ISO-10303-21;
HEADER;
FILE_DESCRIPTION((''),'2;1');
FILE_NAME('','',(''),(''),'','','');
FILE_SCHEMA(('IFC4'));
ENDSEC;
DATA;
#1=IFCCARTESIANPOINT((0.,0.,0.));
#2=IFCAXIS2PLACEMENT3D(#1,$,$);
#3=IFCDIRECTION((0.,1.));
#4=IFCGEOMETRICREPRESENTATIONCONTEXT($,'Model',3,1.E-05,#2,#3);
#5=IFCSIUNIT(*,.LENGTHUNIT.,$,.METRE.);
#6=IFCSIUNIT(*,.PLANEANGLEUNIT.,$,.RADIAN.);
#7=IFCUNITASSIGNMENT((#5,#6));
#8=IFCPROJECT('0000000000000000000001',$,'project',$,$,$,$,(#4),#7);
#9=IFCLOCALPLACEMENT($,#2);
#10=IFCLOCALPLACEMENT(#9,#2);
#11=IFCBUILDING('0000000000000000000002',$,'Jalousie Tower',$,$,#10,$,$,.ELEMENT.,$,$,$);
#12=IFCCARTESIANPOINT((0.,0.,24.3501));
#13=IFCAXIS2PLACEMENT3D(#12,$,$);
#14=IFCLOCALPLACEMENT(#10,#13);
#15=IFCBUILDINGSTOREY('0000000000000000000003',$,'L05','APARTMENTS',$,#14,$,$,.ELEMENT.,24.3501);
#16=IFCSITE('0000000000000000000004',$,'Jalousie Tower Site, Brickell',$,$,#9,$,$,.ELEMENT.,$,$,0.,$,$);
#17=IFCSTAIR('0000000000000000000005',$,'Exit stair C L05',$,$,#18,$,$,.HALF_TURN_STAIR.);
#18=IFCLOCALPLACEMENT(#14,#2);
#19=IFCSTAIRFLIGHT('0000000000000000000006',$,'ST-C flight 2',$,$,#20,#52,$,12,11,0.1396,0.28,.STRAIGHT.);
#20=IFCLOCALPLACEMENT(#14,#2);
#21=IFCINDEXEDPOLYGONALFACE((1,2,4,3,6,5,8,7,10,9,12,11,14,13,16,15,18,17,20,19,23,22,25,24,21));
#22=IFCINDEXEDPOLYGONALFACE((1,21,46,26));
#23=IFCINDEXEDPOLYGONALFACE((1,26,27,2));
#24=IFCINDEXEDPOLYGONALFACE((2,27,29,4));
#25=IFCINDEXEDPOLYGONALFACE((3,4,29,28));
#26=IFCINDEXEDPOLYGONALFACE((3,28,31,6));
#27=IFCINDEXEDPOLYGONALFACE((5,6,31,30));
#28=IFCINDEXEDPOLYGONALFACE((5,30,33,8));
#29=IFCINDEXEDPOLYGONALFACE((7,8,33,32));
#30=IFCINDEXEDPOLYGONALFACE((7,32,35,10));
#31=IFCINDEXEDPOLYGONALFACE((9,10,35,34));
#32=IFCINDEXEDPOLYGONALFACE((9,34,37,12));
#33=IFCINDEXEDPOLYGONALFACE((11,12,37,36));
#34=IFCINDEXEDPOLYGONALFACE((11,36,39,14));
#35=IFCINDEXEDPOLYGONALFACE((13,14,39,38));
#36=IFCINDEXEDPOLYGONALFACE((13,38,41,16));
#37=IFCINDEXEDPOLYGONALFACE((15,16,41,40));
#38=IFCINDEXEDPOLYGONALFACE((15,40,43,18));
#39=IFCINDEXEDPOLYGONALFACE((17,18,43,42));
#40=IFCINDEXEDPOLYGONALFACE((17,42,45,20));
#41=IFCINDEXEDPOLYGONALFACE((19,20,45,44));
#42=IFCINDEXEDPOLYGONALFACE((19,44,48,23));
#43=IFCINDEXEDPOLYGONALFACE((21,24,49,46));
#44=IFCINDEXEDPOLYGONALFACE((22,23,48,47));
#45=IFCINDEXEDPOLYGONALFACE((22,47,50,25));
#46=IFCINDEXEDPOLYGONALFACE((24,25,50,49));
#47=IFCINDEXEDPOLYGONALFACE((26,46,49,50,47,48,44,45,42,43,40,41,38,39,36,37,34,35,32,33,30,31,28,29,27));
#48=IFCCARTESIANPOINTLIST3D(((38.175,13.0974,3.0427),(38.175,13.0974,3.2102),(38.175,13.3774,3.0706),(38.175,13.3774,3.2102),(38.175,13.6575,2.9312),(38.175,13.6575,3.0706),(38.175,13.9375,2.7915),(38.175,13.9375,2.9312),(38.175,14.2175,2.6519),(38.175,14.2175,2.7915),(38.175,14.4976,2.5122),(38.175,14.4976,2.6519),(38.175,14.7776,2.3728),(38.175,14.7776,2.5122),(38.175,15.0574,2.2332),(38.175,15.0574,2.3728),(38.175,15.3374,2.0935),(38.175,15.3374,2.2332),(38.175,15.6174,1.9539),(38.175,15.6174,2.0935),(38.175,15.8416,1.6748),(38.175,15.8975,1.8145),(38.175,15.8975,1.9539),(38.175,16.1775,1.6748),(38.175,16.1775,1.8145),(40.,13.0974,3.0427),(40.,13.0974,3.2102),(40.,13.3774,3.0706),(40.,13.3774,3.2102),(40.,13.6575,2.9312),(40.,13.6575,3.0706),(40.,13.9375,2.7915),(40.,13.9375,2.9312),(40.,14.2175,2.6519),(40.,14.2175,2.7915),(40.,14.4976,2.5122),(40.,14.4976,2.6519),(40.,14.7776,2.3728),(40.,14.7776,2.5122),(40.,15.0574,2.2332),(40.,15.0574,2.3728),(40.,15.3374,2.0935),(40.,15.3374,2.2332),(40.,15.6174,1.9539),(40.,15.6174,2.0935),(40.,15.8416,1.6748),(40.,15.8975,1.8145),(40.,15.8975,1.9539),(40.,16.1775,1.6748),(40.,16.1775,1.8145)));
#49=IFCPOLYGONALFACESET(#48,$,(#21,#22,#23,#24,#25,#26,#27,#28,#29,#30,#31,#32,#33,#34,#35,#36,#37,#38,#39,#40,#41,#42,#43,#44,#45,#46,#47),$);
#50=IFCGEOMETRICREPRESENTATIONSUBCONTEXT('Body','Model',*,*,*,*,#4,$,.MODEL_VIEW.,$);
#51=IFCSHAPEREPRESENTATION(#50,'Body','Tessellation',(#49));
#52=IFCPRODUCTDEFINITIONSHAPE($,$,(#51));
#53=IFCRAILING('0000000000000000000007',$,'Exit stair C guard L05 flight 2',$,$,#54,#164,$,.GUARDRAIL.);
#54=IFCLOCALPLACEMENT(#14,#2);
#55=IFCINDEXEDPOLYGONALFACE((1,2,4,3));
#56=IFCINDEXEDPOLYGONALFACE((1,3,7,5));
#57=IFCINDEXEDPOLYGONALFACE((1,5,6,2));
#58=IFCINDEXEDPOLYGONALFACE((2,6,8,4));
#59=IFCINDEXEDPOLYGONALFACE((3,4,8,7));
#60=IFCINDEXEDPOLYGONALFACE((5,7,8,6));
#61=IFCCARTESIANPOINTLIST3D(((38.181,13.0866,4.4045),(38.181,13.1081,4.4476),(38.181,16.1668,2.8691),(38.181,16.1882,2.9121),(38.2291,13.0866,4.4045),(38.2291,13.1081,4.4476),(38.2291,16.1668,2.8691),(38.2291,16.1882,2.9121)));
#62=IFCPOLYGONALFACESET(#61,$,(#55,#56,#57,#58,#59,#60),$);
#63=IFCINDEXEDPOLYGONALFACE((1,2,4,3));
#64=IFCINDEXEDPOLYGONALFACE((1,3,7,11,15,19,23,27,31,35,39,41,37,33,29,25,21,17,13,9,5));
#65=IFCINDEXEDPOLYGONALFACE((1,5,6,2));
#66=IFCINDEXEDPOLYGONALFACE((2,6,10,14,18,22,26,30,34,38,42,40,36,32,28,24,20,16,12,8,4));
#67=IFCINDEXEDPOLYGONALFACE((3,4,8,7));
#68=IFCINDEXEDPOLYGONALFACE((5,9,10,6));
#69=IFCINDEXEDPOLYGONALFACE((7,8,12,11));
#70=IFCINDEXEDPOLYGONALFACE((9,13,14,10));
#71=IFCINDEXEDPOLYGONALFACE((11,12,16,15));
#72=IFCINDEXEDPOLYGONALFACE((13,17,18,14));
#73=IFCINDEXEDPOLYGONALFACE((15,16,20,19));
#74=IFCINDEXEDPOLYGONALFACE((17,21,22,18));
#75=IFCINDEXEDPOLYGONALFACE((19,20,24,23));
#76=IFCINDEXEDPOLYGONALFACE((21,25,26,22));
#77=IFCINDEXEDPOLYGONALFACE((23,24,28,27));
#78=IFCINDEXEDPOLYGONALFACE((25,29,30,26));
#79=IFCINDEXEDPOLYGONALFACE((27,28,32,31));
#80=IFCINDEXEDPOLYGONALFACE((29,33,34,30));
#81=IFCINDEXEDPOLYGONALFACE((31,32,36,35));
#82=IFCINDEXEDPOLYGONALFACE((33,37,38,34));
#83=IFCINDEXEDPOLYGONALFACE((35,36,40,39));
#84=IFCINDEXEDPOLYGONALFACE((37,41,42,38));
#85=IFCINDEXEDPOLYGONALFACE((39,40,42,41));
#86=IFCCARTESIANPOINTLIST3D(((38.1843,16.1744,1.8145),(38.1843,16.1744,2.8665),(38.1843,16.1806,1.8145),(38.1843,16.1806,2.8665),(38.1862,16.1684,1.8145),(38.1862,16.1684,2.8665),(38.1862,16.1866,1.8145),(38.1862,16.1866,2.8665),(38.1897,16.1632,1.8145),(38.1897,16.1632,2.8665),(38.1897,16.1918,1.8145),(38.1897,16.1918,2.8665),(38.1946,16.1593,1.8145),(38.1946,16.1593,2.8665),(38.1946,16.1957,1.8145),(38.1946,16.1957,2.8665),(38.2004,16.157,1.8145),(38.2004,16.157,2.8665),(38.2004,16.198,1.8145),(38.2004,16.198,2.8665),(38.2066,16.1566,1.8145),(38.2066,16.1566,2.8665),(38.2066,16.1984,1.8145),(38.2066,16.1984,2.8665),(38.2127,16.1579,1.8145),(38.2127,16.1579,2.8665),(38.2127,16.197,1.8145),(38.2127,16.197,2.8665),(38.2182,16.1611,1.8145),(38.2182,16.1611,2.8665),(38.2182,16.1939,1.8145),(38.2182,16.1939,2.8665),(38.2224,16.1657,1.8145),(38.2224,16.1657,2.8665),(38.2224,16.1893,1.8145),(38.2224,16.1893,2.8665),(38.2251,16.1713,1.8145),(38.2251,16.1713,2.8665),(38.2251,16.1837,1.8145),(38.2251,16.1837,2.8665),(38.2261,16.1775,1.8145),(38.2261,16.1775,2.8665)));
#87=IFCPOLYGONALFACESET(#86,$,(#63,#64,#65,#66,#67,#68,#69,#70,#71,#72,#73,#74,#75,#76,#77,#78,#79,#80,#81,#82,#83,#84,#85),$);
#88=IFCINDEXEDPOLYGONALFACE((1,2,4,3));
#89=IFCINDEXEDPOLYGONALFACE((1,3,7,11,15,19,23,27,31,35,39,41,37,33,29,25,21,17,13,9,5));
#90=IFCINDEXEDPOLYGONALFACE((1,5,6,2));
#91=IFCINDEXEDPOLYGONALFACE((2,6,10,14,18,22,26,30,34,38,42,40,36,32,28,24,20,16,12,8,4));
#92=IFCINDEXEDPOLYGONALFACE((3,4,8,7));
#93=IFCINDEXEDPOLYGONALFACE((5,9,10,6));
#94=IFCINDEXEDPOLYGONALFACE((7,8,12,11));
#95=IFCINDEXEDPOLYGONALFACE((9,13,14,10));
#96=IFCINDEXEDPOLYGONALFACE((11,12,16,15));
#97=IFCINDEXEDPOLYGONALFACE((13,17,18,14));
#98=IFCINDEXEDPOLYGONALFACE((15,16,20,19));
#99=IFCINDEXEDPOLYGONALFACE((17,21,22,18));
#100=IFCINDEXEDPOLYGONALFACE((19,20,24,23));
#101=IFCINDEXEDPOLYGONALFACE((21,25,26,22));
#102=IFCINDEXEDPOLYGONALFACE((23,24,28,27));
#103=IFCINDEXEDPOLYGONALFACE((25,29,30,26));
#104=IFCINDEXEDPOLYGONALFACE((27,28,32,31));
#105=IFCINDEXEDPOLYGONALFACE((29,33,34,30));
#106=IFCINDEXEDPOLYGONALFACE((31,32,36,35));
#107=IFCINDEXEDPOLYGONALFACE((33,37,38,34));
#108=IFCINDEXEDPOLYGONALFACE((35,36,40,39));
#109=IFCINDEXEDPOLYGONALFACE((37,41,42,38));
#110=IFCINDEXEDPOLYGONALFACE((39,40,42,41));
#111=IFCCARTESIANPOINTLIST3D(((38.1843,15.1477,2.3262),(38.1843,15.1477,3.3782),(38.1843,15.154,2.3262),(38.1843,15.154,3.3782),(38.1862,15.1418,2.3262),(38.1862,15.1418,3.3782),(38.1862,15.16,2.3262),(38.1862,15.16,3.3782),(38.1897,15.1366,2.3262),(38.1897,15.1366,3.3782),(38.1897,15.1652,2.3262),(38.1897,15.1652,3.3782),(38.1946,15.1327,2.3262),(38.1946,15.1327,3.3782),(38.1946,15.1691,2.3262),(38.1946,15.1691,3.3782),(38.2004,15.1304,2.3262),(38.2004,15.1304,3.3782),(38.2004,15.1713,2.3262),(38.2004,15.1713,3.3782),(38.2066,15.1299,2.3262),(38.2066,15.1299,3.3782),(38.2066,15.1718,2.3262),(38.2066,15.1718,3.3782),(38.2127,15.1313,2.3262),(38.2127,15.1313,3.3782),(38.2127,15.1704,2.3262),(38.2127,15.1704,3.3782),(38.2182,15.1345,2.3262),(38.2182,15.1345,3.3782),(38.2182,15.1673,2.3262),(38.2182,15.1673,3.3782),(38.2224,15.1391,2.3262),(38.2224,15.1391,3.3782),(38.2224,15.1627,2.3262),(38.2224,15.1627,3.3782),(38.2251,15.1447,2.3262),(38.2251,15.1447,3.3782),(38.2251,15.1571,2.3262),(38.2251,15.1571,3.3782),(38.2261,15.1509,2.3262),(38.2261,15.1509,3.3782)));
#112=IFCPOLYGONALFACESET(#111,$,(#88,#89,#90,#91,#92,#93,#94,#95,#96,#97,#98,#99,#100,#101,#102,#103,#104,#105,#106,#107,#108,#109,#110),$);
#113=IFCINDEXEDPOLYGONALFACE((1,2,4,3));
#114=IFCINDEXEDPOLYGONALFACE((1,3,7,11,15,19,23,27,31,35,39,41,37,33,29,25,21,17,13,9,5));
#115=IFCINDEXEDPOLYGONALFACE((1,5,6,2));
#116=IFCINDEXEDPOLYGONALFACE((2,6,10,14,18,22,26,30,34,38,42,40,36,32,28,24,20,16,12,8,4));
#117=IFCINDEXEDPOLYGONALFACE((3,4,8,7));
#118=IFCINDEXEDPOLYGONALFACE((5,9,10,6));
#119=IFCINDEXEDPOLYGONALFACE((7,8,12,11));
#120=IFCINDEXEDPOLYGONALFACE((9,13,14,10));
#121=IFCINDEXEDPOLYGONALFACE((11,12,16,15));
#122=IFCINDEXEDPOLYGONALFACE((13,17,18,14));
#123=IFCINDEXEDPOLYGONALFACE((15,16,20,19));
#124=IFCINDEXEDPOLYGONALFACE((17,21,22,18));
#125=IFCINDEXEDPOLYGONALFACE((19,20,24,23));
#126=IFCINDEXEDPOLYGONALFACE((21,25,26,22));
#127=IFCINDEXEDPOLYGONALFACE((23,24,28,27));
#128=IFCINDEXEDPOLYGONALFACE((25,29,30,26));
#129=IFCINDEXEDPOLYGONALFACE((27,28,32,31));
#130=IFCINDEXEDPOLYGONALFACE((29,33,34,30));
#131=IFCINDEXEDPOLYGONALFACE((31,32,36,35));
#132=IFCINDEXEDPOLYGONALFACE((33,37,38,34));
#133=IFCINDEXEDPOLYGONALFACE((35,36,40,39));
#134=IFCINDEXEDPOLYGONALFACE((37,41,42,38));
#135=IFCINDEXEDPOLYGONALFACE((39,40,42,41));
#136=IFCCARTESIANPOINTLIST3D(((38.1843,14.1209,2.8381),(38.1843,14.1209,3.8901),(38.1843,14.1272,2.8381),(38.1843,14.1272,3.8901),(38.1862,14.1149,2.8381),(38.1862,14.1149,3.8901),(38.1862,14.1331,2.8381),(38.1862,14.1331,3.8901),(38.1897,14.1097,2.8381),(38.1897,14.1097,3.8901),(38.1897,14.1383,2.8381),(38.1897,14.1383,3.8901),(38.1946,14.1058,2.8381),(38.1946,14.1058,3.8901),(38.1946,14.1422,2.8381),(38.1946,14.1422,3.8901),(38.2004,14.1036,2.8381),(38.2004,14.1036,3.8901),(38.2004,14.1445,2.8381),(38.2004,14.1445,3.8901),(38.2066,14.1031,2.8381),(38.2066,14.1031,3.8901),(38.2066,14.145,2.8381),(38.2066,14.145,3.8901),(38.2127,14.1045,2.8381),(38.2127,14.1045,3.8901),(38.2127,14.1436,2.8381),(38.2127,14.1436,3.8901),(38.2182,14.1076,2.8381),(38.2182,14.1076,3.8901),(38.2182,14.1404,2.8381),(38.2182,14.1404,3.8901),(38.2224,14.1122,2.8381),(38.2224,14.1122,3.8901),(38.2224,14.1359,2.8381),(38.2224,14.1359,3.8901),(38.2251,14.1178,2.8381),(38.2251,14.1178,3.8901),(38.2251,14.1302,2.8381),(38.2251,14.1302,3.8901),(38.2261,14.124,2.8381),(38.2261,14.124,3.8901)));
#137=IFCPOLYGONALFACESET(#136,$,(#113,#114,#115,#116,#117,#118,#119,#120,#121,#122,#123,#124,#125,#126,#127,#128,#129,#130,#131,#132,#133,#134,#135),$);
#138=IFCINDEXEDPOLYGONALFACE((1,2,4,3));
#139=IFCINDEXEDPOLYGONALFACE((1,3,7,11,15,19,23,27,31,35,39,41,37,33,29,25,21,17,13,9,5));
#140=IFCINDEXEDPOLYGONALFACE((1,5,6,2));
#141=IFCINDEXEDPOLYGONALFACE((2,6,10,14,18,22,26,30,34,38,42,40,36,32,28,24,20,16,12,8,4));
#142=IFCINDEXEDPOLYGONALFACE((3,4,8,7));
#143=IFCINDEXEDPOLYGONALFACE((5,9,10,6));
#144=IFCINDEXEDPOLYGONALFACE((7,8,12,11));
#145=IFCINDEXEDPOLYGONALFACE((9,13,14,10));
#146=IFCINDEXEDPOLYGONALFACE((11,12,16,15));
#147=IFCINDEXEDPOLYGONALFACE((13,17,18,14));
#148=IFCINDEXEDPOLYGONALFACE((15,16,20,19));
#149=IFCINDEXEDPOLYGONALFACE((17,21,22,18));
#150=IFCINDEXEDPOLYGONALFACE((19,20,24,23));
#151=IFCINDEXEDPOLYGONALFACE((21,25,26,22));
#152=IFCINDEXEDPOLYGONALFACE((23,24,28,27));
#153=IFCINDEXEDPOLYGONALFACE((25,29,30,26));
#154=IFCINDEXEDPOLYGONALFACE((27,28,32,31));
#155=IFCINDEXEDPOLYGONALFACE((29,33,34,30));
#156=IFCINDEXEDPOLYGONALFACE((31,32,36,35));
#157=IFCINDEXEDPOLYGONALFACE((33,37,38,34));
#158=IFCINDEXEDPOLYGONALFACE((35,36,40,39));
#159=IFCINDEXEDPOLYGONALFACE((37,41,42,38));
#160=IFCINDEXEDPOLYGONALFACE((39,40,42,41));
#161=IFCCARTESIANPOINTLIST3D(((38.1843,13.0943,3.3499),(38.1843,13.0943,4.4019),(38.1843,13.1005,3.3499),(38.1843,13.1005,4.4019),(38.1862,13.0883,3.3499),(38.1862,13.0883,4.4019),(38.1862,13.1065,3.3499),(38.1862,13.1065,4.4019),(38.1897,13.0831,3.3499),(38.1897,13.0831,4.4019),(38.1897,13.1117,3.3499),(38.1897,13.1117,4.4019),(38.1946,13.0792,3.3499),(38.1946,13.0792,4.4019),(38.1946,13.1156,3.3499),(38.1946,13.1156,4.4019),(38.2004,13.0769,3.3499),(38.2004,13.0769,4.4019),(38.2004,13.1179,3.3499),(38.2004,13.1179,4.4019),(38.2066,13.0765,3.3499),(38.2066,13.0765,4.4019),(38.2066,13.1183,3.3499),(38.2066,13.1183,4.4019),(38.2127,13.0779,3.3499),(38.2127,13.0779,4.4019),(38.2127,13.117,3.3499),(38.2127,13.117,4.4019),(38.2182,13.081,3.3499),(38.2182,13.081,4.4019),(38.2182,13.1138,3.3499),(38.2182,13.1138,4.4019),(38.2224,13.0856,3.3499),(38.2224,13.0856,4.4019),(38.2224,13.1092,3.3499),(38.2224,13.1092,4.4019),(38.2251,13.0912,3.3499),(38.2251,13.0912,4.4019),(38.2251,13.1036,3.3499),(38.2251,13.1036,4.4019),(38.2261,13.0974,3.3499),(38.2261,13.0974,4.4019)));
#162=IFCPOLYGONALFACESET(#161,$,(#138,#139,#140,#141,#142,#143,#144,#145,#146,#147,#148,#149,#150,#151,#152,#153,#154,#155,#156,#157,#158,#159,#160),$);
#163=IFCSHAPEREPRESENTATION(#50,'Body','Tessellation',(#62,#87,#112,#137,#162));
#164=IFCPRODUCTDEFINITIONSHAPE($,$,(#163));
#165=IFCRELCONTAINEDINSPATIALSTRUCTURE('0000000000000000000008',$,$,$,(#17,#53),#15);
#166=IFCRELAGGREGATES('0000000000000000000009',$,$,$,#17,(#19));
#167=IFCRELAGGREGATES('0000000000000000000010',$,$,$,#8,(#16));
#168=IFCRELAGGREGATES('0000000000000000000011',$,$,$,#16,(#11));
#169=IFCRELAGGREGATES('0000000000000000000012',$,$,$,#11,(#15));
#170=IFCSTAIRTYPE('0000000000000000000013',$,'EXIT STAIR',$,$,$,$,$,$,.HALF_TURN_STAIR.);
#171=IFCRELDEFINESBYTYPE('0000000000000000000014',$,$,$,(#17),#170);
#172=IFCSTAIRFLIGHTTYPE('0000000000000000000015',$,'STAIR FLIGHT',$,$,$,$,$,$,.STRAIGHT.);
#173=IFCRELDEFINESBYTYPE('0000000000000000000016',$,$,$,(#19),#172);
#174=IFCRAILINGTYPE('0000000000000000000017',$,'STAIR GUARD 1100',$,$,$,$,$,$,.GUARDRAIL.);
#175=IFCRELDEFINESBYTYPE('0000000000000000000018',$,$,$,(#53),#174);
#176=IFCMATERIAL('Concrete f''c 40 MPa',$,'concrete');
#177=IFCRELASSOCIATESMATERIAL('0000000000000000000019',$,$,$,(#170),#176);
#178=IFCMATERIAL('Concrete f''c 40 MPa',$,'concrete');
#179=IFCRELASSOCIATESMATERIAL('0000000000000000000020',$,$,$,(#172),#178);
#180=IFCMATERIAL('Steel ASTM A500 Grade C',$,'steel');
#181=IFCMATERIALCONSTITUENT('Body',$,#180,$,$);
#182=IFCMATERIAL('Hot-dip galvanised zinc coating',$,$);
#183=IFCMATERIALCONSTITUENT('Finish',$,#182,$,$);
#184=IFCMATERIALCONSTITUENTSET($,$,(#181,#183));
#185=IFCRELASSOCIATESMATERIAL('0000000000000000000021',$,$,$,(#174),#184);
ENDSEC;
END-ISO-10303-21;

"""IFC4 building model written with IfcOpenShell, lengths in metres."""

from ifc_helpers import new_model, si_unit, direction, frame, origin, origin_2d, place, context, subcontext, project, spatial, polyline, rectangle, circle, outline, extrude, material, constituent, constituent_set, type_object, element, aggregate, save


model = new_model("IFC4")

# Units and contexts
model_context = context("Model", 3, precision=1e-05, world=origin(), true_north=direction((0.0, 1.0)))
body_context = subcontext(model_context, "Body", "Model", "MODEL_VIEW")
ifc_project = project(units=[si_unit("LENGTHUNIT", "METRE"), si_unit("PLANEANGLEUNIT", "RADIAN")], contexts=[model_context])

# Site, building, storey
site_placement = place(None, origin())
site = spatial("IfcSite", under=ifc_project, at=site_placement, Name="Jalousie Tower Site, Brickell", CompositionType="ELEMENT", RefElevation=0.0)
building_placement = place(site_placement, origin())
building = spatial("IfcBuilding", under=site, at=building_placement, Name="Jalousie Tower", CompositionType="ELEMENT")
storey_placement = place(building_placement, frame((0.0, 0.0, 24.3501)))
storey = spatial("IfcBuildingStorey", under=building, at=storey_placement, Name="L05", Description="APARTMENTS", CompositionType="ELEMENT", Elevation=24.3501)

# Stair, stair flight
ifc_material_1 = material(Name="Concrete f'c 40 MPa", Category="concrete")
stair_type = type_object("IfcStairType", Name="EXIT STAIR", PredefinedType="HALF_TURN_STAIR", material=ifc_material_1)
stair_placement = place(storey_placement, origin())
stair = element("IfcStair", 1, at=stair_placement, inside=storey, type_object=stair_type, Name="Exit stair C L05", PredefinedType="HALF_TURN_STAIR")
ifc_material_2 = material(Name="Concrete f'c 40 MPa", Category="concrete")
stair_flight_type = type_object("IfcStairFlightType", Name="STAIR FLIGHT", PredefinedType="STRAIGHT", material=ifc_material_2)
stair_flight_placement = place(storey_placement, frame((39.0874, 16.1775, 1.6748), z_axis=(0.0, 0.0, 1.0), x_axis=(0.0, -1.0, 0.0)))
stair_flight = element("IfcStairFlight", 2, at=stair_flight_placement, type_object=stair_flight_type, Name="ST-C flight 2", NumberOfRisers=12, NumberOfTreads=11, PredefinedType="STRAIGHT", RiserHeight=0.1396, TreadLength=0.28, context=body_context, shape_type="SweptSolid", body=[
    extrude(outline(polyline([(0.0, 0.0), (0.0, 0.1396), (0.28, 0.1396), (0.28, 0.2791), (0.5601, 0.2791), (0.5601, 0.4187), (0.8401, 0.4187), (0.8401, 0.5583), (1.1201, 0.5583), (1.1201, 0.698), (1.3999, 0.698), (1.3999, 0.8374), (1.6799, 0.8374), (1.6799, 0.9771), (1.96, 0.9771), (1.96, 1.1167), (2.24, 1.1167), (2.24, 1.2563), (2.52, 1.2563), (2.52, 1.3958), (2.8, 1.3958), (2.8, 1.5354), (3.0801, 1.5354), (3.0801, 1.675), (3.0801, 1.3679), (0.3359, 0.0), (0.0, 0.0)])), frame((0.0, 0.9126, 0.0), z_axis=(0.0, -1.0, 0.0), x_axis=(1.0, 0.0, 0.0)), (0.0, 0.0, 1.0), 1.825),
])
aggregate(stair, [stair_flight])

# Railing
ifc_material_3 = material(Name="Steel ASTM A500 Grade C", Category="steel")
ifc_constituent_1 = constituent(ifc_material_3, Name="Body")
ifc_material_4 = material(Name="Hot-dip galvanised zinc coating")
ifc_constituent_2 = constituent(ifc_material_4, Name="Finish")
ifc_constituent_set_1 = constituent_set(constituents=[ifc_constituent_1, ifc_constituent_2])
railing_type = type_object("IfcRailingType", Name="STAIR GUARD 1100", PredefinedType="GUARDRAIL", material=ifc_constituent_set_1)
railing_placement = place(storey_placement, frame((38.2051, 16.1775, 1.8145)))
element("IfcRailing", 3, at=railing_placement, inside=storey, type_object=railing_type, Name="Exit stair C guard L05 flight 2", PredefinedType="GUARDRAIL", context=body_context, shape_type="SweptSolid", body=[
    extrude(rectangle(XDim=0.0481, YDim=0.0481, at=origin_2d()), frame((0.0, 0.0, 1.0762), z_axis=(0.0, -0.894966, 0.446135), x_axis=(1.0, 0.0, 0.0)), (0.0, 0.0, 1.0), 3.4417),
    extrude(circle(Radius=0.021, at=origin_2d()), origin(), (0.0, 0.0, 1.0), 1.052),
    extrude(circle(Radius=0.021, at=origin_2d()), frame((0.0, -1.0266, 0.5117)), (0.0, 0.0, 1.0), 1.052),
    extrude(circle(Radius=0.021, at=origin_2d()), frame((0.0, -2.0535, 1.0237)), (0.0, 0.0, 1.0), 1.052),
    extrude(circle(Radius=0.021, at=origin_2d()), frame((0.0, -3.0801, 1.5354)), (0.0, 0.0, 1.0), 1.052),
])

save(model, "model.ifc")
